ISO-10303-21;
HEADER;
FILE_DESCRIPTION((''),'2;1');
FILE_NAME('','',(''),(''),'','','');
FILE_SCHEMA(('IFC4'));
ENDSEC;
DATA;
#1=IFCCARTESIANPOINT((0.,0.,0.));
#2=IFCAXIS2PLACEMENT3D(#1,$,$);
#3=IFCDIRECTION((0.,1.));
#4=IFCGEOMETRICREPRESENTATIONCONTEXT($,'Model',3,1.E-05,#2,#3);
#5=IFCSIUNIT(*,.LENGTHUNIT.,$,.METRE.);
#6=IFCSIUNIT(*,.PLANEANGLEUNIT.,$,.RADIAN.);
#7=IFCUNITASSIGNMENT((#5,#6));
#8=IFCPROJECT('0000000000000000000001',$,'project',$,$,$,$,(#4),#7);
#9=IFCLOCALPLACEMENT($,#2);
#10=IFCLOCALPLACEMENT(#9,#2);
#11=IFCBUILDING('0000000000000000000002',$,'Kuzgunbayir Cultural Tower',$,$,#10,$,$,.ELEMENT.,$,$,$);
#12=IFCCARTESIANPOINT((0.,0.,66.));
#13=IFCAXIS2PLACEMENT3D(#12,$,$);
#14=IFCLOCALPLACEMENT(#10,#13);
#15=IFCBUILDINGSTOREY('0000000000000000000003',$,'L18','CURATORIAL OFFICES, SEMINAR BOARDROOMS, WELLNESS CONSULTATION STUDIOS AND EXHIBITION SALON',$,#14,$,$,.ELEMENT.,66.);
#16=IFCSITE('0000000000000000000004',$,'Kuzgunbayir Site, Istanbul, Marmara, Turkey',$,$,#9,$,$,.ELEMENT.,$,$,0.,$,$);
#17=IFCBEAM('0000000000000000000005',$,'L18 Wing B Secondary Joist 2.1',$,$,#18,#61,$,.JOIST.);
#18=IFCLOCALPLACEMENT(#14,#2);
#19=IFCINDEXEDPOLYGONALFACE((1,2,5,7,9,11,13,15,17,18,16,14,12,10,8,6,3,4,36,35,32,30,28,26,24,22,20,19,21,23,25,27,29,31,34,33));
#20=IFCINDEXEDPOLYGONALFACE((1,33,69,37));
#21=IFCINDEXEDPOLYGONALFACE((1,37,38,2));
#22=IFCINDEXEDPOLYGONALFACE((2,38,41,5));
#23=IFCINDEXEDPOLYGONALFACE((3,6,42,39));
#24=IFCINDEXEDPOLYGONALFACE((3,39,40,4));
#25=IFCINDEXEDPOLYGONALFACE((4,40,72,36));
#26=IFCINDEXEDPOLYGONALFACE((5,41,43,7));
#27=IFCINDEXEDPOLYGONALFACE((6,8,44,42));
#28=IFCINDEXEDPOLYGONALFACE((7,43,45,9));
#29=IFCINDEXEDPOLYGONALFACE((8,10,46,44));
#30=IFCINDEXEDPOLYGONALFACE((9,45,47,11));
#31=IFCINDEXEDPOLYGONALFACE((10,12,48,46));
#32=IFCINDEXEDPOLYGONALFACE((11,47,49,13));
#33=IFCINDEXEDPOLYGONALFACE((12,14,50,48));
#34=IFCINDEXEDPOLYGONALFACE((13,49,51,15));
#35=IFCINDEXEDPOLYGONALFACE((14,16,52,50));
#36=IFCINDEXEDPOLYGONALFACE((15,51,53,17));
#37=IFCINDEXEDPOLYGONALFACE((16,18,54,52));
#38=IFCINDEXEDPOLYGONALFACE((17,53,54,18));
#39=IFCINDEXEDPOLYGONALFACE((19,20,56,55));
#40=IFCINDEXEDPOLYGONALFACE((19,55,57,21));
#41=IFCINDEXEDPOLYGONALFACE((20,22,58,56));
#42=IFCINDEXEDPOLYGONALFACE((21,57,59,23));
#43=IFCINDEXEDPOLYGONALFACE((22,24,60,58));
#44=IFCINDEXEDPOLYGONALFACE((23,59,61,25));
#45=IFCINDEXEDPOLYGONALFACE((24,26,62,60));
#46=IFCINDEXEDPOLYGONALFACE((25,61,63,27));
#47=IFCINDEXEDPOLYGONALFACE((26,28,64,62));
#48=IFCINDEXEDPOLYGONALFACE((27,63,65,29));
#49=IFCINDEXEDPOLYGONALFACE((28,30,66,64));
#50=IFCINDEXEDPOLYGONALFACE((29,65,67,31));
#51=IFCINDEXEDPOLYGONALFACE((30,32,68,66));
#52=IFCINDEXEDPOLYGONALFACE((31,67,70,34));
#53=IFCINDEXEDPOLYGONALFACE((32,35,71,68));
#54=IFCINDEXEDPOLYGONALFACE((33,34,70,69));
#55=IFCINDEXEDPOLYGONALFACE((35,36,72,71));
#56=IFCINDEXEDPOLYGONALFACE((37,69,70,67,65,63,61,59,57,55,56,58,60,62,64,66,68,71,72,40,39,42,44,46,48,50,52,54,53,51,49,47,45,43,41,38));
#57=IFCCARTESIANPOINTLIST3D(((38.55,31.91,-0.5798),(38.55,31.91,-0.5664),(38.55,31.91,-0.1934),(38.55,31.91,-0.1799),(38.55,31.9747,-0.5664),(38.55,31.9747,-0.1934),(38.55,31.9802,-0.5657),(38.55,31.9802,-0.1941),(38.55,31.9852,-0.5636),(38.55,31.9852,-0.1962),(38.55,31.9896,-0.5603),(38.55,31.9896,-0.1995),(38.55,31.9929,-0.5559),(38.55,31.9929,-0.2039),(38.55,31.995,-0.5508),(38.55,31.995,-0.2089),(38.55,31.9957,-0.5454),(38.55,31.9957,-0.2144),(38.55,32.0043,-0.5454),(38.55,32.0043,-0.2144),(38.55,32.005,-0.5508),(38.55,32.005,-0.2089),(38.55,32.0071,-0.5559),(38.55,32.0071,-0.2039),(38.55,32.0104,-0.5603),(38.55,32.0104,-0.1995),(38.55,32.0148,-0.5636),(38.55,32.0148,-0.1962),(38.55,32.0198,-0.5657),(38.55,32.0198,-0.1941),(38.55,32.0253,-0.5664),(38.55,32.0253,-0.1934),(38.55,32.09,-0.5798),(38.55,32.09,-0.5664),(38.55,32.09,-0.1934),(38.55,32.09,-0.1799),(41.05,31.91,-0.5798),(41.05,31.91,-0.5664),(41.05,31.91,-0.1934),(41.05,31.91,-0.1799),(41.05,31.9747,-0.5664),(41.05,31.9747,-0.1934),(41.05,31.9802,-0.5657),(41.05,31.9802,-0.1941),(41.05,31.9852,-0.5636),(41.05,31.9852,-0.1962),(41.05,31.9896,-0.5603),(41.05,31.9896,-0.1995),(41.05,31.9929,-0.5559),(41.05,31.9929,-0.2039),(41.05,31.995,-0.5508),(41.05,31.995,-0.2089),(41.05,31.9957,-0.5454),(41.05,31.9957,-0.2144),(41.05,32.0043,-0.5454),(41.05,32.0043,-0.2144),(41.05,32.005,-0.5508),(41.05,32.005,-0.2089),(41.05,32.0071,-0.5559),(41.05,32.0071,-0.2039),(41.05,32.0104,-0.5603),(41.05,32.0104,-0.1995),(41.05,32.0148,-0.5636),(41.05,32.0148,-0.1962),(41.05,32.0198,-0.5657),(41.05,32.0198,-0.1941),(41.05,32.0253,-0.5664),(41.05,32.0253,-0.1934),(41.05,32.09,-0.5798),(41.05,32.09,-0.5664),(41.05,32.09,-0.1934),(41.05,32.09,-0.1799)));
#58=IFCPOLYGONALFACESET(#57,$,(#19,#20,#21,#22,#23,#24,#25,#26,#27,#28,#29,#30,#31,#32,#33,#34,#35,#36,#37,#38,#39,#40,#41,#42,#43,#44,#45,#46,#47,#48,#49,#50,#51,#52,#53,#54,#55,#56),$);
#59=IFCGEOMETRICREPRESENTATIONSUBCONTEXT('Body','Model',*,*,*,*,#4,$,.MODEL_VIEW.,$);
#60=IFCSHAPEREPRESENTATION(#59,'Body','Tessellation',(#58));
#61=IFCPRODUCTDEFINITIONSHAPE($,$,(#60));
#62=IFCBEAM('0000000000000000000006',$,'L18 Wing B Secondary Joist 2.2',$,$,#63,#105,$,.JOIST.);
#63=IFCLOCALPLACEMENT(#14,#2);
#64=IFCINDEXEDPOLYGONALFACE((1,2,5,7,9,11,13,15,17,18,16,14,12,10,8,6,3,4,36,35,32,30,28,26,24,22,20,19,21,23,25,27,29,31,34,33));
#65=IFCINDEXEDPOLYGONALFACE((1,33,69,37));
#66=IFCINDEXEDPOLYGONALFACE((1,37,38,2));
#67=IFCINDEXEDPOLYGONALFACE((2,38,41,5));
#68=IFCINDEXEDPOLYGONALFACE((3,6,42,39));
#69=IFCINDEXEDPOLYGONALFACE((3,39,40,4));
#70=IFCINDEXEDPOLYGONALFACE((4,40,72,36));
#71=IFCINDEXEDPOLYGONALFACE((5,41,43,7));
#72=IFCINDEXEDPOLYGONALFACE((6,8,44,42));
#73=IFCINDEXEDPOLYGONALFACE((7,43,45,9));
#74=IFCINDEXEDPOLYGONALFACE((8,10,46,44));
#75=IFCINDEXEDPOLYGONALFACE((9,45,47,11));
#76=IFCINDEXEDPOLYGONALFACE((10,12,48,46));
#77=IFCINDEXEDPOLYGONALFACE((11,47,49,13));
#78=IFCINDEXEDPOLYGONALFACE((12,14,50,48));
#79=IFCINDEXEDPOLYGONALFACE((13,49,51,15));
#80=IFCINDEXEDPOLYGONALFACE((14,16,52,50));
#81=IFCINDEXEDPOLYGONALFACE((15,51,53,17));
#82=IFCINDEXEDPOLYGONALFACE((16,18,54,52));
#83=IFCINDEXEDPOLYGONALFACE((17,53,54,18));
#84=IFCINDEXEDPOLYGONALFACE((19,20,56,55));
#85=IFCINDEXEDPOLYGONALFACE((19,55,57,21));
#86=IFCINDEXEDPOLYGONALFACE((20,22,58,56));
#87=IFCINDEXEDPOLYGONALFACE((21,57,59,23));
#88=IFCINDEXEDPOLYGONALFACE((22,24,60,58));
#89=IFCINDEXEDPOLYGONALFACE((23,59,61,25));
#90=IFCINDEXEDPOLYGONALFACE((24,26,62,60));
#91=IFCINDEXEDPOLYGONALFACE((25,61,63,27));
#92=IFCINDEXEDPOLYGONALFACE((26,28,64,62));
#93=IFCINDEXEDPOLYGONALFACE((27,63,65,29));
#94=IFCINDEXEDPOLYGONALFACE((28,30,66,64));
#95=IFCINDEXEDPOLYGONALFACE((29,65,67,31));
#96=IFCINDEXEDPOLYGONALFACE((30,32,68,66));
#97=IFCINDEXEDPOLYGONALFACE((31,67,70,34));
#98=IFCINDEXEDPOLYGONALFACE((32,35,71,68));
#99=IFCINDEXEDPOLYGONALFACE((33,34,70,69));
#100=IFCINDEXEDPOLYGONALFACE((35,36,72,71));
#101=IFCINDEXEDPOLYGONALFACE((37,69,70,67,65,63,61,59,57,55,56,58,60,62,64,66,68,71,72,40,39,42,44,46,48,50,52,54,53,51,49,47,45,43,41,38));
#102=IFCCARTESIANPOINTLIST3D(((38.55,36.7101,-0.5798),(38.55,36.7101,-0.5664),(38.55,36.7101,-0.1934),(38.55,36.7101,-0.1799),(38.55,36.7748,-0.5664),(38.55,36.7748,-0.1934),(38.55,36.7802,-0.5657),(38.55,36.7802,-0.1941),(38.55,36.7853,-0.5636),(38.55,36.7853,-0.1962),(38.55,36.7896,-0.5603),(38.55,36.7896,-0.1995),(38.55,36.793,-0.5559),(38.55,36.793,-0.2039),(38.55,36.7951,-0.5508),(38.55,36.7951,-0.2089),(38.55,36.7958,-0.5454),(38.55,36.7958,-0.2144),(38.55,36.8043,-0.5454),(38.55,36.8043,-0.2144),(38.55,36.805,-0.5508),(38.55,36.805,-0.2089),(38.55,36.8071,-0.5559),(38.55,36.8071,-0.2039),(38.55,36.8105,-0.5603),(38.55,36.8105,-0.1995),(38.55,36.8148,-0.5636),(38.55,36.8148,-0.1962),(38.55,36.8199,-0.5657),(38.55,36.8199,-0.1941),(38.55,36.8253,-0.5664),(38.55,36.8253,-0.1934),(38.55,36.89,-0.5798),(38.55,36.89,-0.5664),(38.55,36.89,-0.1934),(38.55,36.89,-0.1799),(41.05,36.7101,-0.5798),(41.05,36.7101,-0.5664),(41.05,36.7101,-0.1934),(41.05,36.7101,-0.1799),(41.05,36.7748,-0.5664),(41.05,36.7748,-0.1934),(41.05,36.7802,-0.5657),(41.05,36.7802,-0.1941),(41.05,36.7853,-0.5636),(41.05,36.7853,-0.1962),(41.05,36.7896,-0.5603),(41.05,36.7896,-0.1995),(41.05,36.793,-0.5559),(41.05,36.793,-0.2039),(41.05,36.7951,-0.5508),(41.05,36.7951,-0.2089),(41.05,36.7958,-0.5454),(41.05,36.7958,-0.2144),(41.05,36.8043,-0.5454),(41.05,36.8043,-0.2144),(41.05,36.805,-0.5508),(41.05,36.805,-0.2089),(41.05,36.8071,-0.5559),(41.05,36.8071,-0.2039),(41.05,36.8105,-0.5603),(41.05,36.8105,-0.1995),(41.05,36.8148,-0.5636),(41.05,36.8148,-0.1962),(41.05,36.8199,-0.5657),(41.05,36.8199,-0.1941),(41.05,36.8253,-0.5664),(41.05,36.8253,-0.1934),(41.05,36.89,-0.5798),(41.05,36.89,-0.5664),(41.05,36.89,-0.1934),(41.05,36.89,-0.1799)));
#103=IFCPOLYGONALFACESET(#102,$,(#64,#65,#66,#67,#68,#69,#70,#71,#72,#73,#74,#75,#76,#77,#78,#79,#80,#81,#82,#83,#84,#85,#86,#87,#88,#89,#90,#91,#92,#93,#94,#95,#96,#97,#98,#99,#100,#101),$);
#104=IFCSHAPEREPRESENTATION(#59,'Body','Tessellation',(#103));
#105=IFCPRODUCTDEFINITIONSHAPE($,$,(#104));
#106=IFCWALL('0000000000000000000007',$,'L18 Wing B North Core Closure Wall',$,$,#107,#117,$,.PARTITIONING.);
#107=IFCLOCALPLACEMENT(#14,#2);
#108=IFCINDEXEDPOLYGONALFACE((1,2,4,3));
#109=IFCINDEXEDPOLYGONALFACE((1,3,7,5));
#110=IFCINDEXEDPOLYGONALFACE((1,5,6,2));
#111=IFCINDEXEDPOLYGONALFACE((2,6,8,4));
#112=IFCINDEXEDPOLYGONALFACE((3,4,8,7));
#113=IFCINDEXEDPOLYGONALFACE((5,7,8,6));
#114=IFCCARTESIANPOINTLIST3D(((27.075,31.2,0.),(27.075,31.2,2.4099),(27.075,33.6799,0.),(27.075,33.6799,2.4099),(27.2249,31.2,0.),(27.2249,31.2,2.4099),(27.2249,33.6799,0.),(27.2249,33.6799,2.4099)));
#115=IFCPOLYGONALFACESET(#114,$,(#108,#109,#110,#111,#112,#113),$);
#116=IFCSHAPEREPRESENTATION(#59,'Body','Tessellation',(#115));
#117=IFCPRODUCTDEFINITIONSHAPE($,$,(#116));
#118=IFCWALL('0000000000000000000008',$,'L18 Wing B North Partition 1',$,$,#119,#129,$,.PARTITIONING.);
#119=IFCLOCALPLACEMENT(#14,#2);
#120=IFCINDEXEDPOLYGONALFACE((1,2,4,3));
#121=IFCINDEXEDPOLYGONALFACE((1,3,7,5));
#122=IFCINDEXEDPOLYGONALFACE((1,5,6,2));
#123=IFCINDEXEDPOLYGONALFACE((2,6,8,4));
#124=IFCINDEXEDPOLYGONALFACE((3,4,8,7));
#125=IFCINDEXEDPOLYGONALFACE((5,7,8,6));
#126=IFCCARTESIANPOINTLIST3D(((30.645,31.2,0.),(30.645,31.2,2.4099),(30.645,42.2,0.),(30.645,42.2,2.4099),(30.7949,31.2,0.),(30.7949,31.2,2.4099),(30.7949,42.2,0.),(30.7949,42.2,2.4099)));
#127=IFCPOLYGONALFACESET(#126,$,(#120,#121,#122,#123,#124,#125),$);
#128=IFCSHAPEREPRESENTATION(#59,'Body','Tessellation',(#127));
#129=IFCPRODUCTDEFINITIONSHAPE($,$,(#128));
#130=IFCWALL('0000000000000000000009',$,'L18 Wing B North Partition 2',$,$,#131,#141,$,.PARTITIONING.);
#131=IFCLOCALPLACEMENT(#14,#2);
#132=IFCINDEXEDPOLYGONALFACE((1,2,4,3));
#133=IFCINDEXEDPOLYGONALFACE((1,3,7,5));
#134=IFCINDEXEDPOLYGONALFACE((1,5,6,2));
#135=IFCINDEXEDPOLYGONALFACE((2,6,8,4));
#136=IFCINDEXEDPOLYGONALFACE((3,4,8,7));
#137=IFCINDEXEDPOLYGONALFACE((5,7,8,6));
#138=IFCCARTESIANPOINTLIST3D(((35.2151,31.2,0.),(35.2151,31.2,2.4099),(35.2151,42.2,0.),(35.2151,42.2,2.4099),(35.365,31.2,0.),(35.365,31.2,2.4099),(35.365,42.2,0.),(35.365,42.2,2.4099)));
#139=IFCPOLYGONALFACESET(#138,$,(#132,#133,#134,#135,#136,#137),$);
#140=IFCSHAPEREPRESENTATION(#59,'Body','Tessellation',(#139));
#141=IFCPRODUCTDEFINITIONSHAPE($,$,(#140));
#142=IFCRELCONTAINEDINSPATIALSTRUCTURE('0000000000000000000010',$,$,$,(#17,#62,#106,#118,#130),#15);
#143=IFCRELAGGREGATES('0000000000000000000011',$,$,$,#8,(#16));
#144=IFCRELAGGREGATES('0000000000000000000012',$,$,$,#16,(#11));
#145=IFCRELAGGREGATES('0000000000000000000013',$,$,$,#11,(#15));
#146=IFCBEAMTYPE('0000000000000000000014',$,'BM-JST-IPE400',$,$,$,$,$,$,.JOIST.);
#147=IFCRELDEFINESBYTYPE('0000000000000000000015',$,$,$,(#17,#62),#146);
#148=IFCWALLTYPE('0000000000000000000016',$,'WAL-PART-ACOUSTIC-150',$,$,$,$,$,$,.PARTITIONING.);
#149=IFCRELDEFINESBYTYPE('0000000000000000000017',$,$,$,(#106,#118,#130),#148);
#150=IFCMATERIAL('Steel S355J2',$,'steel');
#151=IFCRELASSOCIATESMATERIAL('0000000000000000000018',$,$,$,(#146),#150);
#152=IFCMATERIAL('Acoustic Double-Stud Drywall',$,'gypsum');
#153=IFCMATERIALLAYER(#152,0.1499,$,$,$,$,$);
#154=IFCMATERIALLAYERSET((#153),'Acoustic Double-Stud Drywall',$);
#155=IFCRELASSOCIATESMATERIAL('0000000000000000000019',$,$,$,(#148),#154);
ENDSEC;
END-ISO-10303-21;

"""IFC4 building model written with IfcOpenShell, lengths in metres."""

from ifc_helpers import new_model, si_unit, direction, frame, frame_2d, origin, origin_2d, place, context, subcontext, project, spatial, rectangle, i_section, extrude, material, layer, layer_set, material_profile, profile_set, type_object, element, save


model = new_model("IFC4")

# Units and contexts
model_context = context("Model", 3, precision=1e-05, world=origin(), true_north=direction((0.0, 1.0)))
body_context = subcontext(model_context, "Body", "Model", "MODEL_VIEW")
ifc_project = project(units=[si_unit("LENGTHUNIT", "METRE"), si_unit("PLANEANGLEUNIT", "RADIAN")], contexts=[model_context])

# Site, building, storey
site_placement = place(None, origin())
site = spatial("IfcSite", under=ifc_project, at=site_placement, Name="Kuzgunbayir Site, Istanbul, Marmara, Turkey", CompositionType="ELEMENT", RefElevation=0.0)
building_placement = place(site_placement, origin())
building = spatial("IfcBuilding", under=site, at=building_placement, Name="Kuzgunbayir Cultural Tower", CompositionType="ELEMENT")
storey_placement = place(building_placement, frame((0.0, 0.0, 66.0)))
storey = spatial("IfcBuildingStorey", under=building, at=storey_placement, Name="L18", Description="CURATORIAL OFFICES, SEMINAR BOARDROOMS, WELLNESS CONSULTATION STUDIOS AND EXHIBITION SALON", CompositionType="ELEMENT", Elevation=66.0)

# Beams
ifc_material_1 = material(Name="Steel S355J2", Category="steel")
ifc_material_profile_1 = material_profile(ifc_material_1, i_section(OverallWidth=0.1799, OverallDepth=0.3999, WebThickness=0.0085, FlangeThickness=0.0134, FilletRadius=0.021, at=origin_2d()), Name="IPE 400")
ifc_profile_set_1 = profile_set([ifc_material_profile_1], Name="Steel S355J2")
beam_type_1 = type_object("IfcBeamType", Name="BM-JST-IPE400", PredefinedType="JOIST", material=ifc_profile_set_1)
for number, where, z_axis, x_axis, name in (
    (1, (38.55, 32.0, -0.3799), (1.0, 0.0, 0.0), (0.0, 1.0, 0.0), "L18 Wing B Secondary Joist 2.1"),
    (2, (38.55, 36.8, -0.3799), (1.0, 0.0, 0.0), (0.0, 1.0, 0.0), "L18 Wing B Secondary Joist 2.2"),
):
    element("IfcBeam", number, at=place(storey_placement, frame(where, z_axis=z_axis, x_axis=x_axis)), inside=storey, type_object=beam_type_1, Name=name, PredefinedType="JOIST", context=body_context, shape_type="SweptSolid", body=[
        extrude(i_section(OverallWidth=0.1799, OverallDepth=0.3999, WebThickness=0.0085, FlangeThickness=0.0134, FilletRadius=0.021, at=origin_2d()), origin(), (0.0, 0.0, 1.0), 2.5),
    ])

# Shared definitions
ifc_material_2 = material(Name="Acoustic Double-Stud Drywall", Category="gypsum")
ifc_layer = layer(ifc_material_2, 0.1499)
ifc_layer_set = layer_set([ifc_layer], Name="Acoustic Double-Stud Drywall")
wall_type = type_object("IfcWallType", Name="WAL-PART-ACOUSTIC-150", PredefinedType="PARTITIONING", material=ifc_layer_set)

# Walls
wall_1_placement = place(storey_placement, frame((27.1499, 31.2, 0.0), z_axis=(0.0, 0.0, 1.0), x_axis=(0.0, 1.0, 0.0)))
element("IfcWall", 3, at=wall_1_placement, inside=storey, type_object=wall_type, Name="L18 Wing B North Core Closure Wall", PredefinedType="PARTITIONING", context=body_context, shape_type="SweptSolid", body=[
    extrude(rectangle(XDim=2.48, YDim=0.1499, at=frame_2d((1.24, 0.0))), origin(), (0.0, 0.0, 1.0), 2.4099),
])
for number, where, z_axis, x_axis, name in (
    (4, (30.72, 31.2, 0.0), (0.0, 0.0, 1.0), (0.0, 1.0, 0.0), "L18 Wing B North Partition 1"),
    (5, (35.29, 31.2, 0.0), (0.0, 0.0, 1.0), (0.0, 1.0, 0.0), "L18 Wing B North Partition 2"),
):
    element("IfcWall", number, at=place(storey_placement, frame(where, z_axis=z_axis, x_axis=x_axis)), inside=storey, type_object=wall_type, Name=name, PredefinedType="PARTITIONING", context=body_context, shape_type="SweptSolid", body=[
        extrude(rectangle(XDim=11.0, YDim=0.1499, at=frame_2d((5.5, 0.0))), origin(), (0.0, 0.0, 1.0), 2.4099),
    ])

save(model, "model.ifc")
